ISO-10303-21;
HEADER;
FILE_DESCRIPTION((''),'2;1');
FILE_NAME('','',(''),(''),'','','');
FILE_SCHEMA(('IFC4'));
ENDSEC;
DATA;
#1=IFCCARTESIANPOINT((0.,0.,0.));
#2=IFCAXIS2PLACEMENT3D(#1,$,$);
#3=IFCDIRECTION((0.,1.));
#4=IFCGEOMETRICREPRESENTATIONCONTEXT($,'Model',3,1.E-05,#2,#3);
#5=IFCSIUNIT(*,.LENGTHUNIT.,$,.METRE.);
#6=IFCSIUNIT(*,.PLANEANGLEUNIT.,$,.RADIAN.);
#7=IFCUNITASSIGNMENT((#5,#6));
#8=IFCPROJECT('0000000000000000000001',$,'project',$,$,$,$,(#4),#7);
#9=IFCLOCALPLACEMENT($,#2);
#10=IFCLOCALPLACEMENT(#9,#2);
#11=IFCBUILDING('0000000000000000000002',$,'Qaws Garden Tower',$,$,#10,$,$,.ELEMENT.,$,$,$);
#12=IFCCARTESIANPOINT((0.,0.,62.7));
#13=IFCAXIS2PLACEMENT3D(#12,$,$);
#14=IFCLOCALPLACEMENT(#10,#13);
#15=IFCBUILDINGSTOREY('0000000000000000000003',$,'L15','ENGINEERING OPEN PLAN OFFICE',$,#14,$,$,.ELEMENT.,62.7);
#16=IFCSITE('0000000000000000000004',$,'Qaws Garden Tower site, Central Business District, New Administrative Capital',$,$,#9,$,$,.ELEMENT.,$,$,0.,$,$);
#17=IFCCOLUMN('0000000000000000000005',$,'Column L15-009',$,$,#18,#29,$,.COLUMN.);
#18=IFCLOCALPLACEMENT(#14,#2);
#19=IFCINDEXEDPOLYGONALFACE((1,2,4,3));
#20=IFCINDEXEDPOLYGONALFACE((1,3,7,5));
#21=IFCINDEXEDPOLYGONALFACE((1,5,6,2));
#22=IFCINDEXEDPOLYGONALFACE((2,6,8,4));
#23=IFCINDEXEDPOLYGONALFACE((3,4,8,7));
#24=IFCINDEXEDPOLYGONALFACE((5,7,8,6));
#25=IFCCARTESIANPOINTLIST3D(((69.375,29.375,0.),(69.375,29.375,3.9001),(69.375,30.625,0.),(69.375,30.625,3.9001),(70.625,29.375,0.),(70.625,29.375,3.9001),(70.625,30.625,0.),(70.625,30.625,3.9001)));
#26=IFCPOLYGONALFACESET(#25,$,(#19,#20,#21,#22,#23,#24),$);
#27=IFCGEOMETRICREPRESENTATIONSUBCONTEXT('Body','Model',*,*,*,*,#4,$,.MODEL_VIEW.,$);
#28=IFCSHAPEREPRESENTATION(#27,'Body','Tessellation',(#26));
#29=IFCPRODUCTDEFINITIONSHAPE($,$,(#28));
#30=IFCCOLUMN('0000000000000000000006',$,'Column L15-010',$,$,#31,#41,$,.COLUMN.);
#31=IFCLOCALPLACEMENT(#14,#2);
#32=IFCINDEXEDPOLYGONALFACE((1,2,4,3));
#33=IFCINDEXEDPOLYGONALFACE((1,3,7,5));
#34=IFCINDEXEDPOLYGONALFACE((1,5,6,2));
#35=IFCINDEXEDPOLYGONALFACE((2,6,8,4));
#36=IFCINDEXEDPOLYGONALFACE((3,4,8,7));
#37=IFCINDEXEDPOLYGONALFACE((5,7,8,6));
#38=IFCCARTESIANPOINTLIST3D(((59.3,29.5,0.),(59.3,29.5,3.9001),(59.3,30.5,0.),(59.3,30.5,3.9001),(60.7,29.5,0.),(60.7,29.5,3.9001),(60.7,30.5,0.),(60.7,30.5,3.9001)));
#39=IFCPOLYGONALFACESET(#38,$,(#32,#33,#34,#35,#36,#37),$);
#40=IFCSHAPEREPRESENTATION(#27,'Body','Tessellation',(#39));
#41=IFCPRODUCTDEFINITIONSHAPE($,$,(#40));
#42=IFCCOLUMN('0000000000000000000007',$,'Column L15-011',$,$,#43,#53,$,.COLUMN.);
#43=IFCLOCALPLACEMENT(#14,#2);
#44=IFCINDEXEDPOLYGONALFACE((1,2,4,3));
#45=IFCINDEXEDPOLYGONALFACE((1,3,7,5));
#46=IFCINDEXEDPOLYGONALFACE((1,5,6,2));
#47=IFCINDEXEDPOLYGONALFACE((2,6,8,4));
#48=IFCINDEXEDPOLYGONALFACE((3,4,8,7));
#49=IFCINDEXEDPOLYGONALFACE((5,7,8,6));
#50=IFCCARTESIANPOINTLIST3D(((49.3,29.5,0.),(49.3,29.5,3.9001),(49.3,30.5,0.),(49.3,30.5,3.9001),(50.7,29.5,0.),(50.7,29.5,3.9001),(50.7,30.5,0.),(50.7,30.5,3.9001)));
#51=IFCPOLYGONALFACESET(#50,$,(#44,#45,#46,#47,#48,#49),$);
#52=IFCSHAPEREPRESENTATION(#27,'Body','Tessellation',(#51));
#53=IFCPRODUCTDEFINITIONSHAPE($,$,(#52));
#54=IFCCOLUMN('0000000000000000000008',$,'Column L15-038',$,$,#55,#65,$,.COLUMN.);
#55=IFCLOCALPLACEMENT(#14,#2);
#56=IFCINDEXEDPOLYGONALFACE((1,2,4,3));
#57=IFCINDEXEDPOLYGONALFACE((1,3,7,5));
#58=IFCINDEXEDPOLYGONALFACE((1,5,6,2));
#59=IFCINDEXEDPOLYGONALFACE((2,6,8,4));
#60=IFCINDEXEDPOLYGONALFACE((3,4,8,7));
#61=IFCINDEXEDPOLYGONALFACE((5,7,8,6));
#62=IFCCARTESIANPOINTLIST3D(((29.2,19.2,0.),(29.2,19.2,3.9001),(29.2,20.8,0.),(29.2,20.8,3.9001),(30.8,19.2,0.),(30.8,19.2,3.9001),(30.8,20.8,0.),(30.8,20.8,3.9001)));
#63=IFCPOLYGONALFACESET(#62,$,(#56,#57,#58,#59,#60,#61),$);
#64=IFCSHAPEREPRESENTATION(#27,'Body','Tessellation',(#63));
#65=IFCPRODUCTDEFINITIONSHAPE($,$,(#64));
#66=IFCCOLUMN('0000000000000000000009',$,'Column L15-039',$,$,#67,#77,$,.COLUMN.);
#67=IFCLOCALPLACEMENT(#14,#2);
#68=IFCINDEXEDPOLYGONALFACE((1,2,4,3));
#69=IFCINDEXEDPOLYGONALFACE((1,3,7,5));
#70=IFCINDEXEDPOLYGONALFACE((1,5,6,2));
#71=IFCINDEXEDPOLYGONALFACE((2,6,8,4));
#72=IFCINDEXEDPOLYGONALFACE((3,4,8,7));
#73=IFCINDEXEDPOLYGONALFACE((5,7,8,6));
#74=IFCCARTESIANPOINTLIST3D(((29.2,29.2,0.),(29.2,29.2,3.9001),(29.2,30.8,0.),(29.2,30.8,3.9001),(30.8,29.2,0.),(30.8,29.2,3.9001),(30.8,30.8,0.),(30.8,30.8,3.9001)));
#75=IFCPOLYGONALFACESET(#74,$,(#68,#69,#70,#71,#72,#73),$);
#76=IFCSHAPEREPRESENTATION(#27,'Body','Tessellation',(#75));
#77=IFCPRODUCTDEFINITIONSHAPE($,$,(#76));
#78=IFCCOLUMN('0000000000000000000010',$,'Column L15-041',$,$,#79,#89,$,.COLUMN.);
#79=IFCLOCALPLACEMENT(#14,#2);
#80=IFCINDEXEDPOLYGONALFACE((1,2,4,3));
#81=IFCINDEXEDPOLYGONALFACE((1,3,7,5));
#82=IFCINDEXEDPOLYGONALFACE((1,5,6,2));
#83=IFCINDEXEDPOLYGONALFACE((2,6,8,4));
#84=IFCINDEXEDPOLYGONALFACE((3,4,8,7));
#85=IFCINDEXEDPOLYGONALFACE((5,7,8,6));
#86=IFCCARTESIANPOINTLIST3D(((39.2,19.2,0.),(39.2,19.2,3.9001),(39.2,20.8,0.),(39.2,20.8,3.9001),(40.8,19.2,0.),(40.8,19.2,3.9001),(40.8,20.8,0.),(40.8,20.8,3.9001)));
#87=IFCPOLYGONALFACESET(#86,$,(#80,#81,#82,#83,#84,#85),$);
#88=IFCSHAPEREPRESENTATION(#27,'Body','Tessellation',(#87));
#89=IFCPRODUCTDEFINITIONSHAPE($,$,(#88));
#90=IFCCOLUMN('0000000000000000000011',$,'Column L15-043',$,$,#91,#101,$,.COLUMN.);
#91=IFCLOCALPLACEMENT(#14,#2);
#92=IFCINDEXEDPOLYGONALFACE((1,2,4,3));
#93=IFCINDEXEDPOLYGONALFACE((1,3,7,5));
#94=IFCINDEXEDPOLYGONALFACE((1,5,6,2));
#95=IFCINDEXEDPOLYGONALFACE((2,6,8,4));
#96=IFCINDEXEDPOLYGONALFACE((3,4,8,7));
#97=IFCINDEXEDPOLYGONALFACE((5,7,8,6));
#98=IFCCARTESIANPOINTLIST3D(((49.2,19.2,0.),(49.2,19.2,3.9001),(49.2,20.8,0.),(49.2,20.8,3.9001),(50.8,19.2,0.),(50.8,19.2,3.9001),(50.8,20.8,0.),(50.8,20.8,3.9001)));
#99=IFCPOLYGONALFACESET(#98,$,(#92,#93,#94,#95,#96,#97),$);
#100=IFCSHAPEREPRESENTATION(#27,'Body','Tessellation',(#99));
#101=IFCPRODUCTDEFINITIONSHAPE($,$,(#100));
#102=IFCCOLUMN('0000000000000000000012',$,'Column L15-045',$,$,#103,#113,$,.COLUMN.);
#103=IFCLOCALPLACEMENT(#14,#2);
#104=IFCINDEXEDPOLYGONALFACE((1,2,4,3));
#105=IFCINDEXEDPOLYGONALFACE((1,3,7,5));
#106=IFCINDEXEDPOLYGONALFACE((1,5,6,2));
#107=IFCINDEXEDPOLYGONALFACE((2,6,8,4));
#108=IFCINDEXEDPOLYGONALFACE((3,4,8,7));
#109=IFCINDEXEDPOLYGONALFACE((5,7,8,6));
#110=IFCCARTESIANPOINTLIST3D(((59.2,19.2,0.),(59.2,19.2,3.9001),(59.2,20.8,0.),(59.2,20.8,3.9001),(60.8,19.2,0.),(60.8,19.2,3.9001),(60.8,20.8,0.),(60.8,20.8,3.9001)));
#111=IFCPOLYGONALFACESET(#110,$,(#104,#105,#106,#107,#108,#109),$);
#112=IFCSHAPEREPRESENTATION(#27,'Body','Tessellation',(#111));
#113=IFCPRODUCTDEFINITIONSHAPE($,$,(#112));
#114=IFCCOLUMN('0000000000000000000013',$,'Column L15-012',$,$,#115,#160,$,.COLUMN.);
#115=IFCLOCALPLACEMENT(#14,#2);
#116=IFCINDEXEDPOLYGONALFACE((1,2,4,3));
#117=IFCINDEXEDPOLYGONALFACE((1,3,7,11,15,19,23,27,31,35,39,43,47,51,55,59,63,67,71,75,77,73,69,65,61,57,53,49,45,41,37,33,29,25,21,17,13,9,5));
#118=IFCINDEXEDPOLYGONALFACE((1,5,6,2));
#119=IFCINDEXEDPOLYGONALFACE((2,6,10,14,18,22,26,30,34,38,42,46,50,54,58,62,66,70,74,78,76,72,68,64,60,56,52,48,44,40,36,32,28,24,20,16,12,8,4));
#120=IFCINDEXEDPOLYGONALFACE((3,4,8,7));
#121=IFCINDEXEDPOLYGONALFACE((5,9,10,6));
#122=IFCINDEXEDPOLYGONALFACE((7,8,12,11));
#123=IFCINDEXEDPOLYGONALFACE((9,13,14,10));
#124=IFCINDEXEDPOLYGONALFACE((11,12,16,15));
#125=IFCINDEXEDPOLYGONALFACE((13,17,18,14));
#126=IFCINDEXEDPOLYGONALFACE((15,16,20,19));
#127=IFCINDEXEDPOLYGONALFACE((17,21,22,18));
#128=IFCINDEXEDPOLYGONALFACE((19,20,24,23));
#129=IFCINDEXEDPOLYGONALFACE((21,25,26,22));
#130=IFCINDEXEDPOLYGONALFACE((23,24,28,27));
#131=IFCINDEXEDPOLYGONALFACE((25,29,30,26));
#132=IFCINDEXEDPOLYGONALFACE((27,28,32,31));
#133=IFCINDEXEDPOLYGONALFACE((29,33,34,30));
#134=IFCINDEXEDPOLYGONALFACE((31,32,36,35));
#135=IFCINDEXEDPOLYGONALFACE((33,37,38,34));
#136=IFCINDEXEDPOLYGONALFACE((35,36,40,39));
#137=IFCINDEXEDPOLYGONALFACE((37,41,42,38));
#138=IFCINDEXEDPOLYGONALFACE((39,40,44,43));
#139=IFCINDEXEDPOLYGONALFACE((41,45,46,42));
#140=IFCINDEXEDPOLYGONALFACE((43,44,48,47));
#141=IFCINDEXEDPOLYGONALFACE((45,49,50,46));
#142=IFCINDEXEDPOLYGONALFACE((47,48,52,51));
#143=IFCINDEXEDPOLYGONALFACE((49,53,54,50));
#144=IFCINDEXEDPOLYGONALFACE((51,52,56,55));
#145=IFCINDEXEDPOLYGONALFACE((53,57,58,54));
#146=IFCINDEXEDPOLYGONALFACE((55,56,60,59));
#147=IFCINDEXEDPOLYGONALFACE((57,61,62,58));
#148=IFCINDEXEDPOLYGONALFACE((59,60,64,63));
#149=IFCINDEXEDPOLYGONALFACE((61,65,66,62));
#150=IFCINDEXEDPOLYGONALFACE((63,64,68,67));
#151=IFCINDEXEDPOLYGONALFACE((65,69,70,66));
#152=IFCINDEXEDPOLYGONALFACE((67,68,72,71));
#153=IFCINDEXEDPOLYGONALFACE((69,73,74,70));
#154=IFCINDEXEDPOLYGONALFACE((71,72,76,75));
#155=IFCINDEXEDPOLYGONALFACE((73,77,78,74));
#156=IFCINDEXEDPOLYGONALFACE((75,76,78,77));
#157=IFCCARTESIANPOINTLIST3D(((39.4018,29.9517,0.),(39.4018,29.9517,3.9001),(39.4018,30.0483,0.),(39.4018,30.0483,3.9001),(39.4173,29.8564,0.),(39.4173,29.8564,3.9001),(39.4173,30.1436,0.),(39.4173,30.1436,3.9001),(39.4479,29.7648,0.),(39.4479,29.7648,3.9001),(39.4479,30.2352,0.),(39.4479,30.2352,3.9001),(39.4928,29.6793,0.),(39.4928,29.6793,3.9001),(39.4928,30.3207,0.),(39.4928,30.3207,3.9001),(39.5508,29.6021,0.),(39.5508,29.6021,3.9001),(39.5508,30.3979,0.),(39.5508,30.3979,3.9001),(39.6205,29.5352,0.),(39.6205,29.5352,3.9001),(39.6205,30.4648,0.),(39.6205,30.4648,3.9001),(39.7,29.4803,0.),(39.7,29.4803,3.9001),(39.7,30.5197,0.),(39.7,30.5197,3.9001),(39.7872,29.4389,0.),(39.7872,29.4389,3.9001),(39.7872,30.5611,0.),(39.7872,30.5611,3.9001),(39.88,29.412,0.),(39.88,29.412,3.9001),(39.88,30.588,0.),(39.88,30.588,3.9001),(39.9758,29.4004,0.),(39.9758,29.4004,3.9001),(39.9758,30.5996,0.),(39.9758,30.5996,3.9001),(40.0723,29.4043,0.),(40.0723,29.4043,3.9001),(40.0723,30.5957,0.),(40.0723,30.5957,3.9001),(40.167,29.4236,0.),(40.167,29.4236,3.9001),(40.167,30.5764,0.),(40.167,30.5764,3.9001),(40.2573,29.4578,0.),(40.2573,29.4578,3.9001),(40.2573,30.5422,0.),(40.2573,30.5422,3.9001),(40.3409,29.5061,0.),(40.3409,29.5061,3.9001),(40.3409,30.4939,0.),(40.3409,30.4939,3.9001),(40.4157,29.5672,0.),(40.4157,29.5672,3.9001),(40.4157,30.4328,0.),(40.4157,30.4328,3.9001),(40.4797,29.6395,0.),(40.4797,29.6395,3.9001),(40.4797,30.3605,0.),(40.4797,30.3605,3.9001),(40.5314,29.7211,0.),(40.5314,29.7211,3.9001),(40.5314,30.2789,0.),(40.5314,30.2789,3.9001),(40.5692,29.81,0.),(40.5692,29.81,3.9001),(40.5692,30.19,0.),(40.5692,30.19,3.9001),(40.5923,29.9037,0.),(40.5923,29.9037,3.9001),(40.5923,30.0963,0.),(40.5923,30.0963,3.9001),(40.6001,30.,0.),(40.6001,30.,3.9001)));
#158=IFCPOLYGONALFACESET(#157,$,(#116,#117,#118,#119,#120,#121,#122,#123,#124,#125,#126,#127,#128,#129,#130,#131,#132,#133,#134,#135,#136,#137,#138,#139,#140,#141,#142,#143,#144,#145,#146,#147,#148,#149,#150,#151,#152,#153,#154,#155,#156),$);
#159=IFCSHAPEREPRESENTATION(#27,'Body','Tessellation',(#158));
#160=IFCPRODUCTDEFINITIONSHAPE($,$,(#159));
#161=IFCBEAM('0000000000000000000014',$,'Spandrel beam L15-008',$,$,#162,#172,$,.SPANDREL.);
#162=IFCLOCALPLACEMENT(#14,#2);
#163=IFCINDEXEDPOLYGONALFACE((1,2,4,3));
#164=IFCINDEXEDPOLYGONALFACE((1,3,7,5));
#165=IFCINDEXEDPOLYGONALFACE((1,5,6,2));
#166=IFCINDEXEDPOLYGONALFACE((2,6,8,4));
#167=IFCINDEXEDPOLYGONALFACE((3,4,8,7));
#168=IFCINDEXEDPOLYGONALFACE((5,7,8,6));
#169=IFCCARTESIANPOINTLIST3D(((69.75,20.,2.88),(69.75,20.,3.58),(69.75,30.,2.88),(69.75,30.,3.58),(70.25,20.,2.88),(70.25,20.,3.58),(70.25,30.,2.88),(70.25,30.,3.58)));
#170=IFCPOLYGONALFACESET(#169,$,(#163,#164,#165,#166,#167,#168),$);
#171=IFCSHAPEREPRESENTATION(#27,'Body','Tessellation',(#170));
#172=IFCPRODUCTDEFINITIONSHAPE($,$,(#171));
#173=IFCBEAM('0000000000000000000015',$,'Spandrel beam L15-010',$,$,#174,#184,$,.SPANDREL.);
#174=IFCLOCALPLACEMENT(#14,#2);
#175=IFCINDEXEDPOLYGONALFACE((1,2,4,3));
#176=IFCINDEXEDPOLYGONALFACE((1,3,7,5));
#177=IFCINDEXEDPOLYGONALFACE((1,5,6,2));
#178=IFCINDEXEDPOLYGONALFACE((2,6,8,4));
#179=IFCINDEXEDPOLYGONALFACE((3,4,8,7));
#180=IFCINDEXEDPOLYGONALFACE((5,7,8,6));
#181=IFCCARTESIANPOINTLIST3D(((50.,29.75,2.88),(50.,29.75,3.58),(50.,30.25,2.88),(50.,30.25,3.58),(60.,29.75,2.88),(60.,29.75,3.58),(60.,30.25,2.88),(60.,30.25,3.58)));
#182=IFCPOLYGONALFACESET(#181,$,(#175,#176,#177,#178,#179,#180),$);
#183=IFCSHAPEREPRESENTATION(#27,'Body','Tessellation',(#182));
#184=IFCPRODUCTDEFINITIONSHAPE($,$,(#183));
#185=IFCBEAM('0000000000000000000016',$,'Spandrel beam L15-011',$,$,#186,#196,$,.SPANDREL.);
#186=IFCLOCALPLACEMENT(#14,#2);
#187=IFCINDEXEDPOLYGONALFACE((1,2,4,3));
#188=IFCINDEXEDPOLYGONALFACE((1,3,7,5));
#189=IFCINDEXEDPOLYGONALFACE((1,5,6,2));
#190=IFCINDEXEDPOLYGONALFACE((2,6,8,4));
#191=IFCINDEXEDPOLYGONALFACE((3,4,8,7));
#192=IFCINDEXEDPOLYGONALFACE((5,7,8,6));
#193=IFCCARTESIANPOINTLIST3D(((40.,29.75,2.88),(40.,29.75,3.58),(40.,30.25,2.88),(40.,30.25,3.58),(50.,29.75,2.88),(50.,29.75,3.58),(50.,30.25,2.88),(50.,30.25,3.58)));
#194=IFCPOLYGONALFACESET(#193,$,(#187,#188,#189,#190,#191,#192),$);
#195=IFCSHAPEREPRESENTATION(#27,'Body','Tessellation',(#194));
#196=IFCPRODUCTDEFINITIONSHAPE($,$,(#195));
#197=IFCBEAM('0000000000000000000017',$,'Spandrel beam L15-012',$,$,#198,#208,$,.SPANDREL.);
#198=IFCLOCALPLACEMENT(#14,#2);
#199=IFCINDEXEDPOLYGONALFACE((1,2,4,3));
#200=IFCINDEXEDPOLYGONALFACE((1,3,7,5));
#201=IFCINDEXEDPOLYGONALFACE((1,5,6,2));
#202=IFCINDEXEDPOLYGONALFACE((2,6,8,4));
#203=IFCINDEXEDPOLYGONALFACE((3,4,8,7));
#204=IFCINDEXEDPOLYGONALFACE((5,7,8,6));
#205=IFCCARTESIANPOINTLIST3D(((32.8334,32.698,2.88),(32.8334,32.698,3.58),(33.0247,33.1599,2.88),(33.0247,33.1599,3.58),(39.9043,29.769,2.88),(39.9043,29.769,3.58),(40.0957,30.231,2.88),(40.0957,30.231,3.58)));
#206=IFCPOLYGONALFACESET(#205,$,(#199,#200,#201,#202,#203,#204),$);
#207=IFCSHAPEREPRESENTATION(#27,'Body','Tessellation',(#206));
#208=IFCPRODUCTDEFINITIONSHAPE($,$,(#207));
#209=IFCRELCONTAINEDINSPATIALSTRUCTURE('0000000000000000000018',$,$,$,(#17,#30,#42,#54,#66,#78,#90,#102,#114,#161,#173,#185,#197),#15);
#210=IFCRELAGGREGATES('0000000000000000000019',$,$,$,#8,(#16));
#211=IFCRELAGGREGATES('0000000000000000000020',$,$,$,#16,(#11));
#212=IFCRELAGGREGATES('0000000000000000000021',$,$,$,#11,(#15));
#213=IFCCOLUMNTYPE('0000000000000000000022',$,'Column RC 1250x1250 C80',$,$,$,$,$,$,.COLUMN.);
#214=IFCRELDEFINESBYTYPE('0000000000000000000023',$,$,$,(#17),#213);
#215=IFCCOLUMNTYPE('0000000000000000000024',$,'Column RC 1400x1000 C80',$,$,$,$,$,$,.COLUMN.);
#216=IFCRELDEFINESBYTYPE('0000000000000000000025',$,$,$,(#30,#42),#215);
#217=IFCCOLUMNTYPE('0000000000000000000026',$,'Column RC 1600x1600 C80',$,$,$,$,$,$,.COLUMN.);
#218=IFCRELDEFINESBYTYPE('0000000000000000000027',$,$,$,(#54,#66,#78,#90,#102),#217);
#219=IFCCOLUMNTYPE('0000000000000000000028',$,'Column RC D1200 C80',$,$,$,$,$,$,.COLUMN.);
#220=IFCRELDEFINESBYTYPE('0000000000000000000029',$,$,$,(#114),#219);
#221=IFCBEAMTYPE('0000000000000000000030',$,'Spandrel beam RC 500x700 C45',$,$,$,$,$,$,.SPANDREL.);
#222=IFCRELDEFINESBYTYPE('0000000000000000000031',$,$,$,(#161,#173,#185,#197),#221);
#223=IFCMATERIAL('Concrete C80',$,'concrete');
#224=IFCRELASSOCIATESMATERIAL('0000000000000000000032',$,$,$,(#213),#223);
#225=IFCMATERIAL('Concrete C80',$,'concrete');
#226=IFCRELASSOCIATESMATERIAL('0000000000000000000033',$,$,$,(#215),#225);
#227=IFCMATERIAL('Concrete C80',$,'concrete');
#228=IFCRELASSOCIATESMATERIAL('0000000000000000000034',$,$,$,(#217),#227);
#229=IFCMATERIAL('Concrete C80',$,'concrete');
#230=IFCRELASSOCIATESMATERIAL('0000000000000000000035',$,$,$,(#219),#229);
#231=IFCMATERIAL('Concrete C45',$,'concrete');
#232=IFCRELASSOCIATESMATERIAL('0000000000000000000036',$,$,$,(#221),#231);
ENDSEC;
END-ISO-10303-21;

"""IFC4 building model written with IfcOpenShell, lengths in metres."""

from ifc_helpers import new_model, si_unit, direction, frame, origin, origin_2d, place, context, subcontext, project, spatial, rectangle, circle, extrude, material, material_profile, profile_set, type_object, element, save


model = new_model("IFC4")

# Units and contexts
model_context = context("Model", 3, precision=1e-05, world=origin(), true_north=direction((0.0, 1.0)))
body_context = subcontext(model_context, "Body", "Model", "MODEL_VIEW")
ifc_project = project(units=[si_unit("LENGTHUNIT", "METRE"), si_unit("PLANEANGLEUNIT", "RADIAN")], contexts=[model_context])

# Site, building, storey
site_placement = place(None, origin())
site = spatial("IfcSite", under=ifc_project, at=site_placement, Name="Qaws Garden Tower site, Central Business District, New Administrative Capital", CompositionType="ELEMENT", RefElevation=0.0)
building_placement = place(site_placement, origin())
building = spatial("IfcBuilding", under=site, at=building_placement, Name="Qaws Garden Tower", CompositionType="ELEMENT")
storey_placement = place(building_placement, frame((0.0, 0.0, 62.7)))
storey = spatial("IfcBuildingStorey", under=building, at=storey_placement, Name="L15", Description="ENGINEERING OPEN PLAN OFFICE", CompositionType="ELEMENT", Elevation=62.7)

# Columns
ifc_material_1 = material(Name="Concrete C80", Category="concrete")
ifc_material_profile_1 = material_profile(ifc_material_1, rectangle(XDim=1.25, YDim=1.25, at=origin_2d()), Name="RC 1250x1250")
ifc_profile_set_1 = profile_set([ifc_material_profile_1], Name="Concrete C80")
column_type_1 = type_object("IfcColumnType", Name="Column RC 1250x1250 C80", PredefinedType="COLUMN", material=ifc_profile_set_1)
column_1_placement = place(storey_placement, frame((70.0, 30.0, 0.0), z_axis=(0.0, 0.0, 1.0), x_axis=(1.0, 0.0, 0.0)))
element("IfcColumn", 1, at=column_1_placement, inside=storey, type_object=column_type_1, Name="Column L15-009", PredefinedType="COLUMN", context=body_context, shape_type="SweptSolid", body=[
    extrude(rectangle(XDim=1.25, YDim=1.25, at=origin_2d()), origin(), (0.0, 0.0, 1.0), 3.9001),
])
ifc_material_2 = material(Name="Concrete C80", Category="concrete")
ifc_material_profile_2 = material_profile(ifc_material_2, rectangle(XDim=1.3999, YDim=1.0, at=origin_2d()), Name="RC 1400x1000")
ifc_profile_set_2 = profile_set([ifc_material_profile_2], Name="Concrete C80")
column_type_2 = type_object("IfcColumnType", Name="Column RC 1400x1000 C80", PredefinedType="COLUMN", material=ifc_profile_set_2)
for number, where, z_axis, x_axis, name in (
    (2, (60.0, 30.0, 0.0), (0.0, 0.0, 1.0), (1.0, 0.0, 0.0), "Column L15-010"),
    (3, (50.0, 30.0, 0.0), (0.0, 0.0, 1.0), (1.0, 0.0, 0.0), "Column L15-011"),
):
    element("IfcColumn", number, at=place(storey_placement, frame(where, z_axis=z_axis, x_axis=x_axis)), inside=storey, type_object=column_type_2, Name=name, PredefinedType="COLUMN", context=body_context, shape_type="SweptSolid", body=[
        extrude(rectangle(XDim=1.3999, YDim=1.0, at=origin_2d()), origin(), (0.0, 0.0, 1.0), 3.9001),
    ])
ifc_material_3 = material(Name="Concrete C80", Category="concrete")
ifc_material_profile_3 = material_profile(ifc_material_3, rectangle(XDim=1.6001, YDim=1.6001, at=origin_2d()), Name="RC 1600x1600")
ifc_profile_set_3 = profile_set([ifc_material_profile_3], Name="Concrete C80")
column_type_3 = type_object("IfcColumnType", Name="Column RC 1600x1600 C80", PredefinedType="COLUMN", material=ifc_profile_set_3)
for number, where, z_axis, x_axis, name in (
    (4, (30.0, 20.0, 0.0), (0.0, 0.0, 1.0), (1.0, 0.0, 0.0), "Column L15-038"),
    (5, (30.0, 30.0, 0.0), (0.0, 0.0, 1.0), (1.0, 0.0, 0.0), "Column L15-039"),
    (6, (40.0, 20.0, 0.0), (0.0, 0.0, 1.0), (1.0, 0.0, 0.0), "Column L15-041"),
    (7, (50.0, 20.0, 0.0), (0.0, 0.0, 1.0), (1.0, 0.0, 0.0), "Column L15-043"),
    (8, (60.0, 20.0, 0.0), (0.0, 0.0, 1.0), (1.0, 0.0, 0.0), "Column L15-045"),
):
    element("IfcColumn", number, at=place(storey_placement, frame(where, z_axis=z_axis, x_axis=x_axis)), inside=storey, type_object=column_type_3, Name=name, PredefinedType="COLUMN", context=body_context, shape_type="SweptSolid", body=[
        extrude(rectangle(XDim=1.6001, YDim=1.6001, at=origin_2d()), origin(), (0.0, 0.0, 1.0), 3.9001),
    ])
ifc_material_4 = material(Name="Concrete C80", Category="concrete")
ifc_material_profile_4 = material_profile(ifc_material_4, circle(Radius=0.6001, at=origin_2d()), Name="RC D1200")
ifc_profile_set_4 = profile_set([ifc_material_profile_4], Name="Concrete C80")
column_type_4 = type_object("IfcColumnType", Name="Column RC D1200 C80", PredefinedType="COLUMN", material=ifc_profile_set_4)
column_2_placement = place(storey_placement, frame((40.0, 30.0, 0.0), z_axis=(0.0, 0.0, 1.0), x_axis=(1.0, 0.0, 0.0)))
element("IfcColumn", 9, at=column_2_placement, inside=storey, type_object=column_type_4, Name="Column L15-012", PredefinedType="COLUMN", context=body_context, shape_type="SweptSolid", body=[
    extrude(circle(Radius=0.6001, at=origin_2d()), origin(), (0.0, 0.0, 1.0), 3.9001),
])

# Beams
ifc_material_5 = material(Name="Concrete C45", Category="concrete")
ifc_material_profile_5 = material_profile(ifc_material_5, rectangle(XDim=0.5, YDim=0.7, at=origin_2d()), Name="RC 500x700")
ifc_profile_set_5 = profile_set([ifc_material_profile_5], Name="Concrete C45")
beam_type = type_object("IfcBeamType", Name="Spandrel beam RC 500x700 C45", PredefinedType="SPANDREL", material=ifc_profile_set_5)
for number, where, z_axis, x_axis, name in (
    (10, (70.0, 20.0, 3.23), (0.0, 1.0, 0.0), (-1.0, 0.0, 0.0), "Spandrel beam L15-008"),
    (11, (60.0, 30.0, 3.23), (-1.0, 0.0, 0.0), (0.0, -1.0, 0.0), "Spandrel beam L15-010"),
    (12, (50.0, 30.0, 3.23), (-1.0, 0.0, 0.0), (0.0, -1.0, 0.0), "Spandrel beam L15-011"),
):
    element("IfcBeam", number, at=place(storey_placement, frame(where, z_axis=z_axis, x_axis=x_axis)), inside=storey, type_object=beam_type, Name=name, PredefinedType="SPANDREL", context=body_context, shape_type="SweptSolid", body=[
        extrude(rectangle(XDim=0.5, YDim=0.7, at=origin_2d()), origin(), (0.0, 0.0, 1.0), 10.0),
    ])
beam_placement = place(storey_placement, frame((40.0, 30.0, 3.23), z_axis=(-0.923878, 0.382687, 0.0), x_axis=(-0.382687, -0.923878, 0.0)))
element("IfcBeam", 13, at=beam_placement, inside=storey, type_object=beam_type, Name="Spandrel beam L15-012", PredefinedType="SPANDREL", context=body_context, shape_type="SweptSolid", body=[
    extrude(rectangle(XDim=0.5, YDim=0.7, at=origin_2d()), origin(), (0.0, 0.0, 1.0), 7.6536),
])

save(model, "model.ifc")
